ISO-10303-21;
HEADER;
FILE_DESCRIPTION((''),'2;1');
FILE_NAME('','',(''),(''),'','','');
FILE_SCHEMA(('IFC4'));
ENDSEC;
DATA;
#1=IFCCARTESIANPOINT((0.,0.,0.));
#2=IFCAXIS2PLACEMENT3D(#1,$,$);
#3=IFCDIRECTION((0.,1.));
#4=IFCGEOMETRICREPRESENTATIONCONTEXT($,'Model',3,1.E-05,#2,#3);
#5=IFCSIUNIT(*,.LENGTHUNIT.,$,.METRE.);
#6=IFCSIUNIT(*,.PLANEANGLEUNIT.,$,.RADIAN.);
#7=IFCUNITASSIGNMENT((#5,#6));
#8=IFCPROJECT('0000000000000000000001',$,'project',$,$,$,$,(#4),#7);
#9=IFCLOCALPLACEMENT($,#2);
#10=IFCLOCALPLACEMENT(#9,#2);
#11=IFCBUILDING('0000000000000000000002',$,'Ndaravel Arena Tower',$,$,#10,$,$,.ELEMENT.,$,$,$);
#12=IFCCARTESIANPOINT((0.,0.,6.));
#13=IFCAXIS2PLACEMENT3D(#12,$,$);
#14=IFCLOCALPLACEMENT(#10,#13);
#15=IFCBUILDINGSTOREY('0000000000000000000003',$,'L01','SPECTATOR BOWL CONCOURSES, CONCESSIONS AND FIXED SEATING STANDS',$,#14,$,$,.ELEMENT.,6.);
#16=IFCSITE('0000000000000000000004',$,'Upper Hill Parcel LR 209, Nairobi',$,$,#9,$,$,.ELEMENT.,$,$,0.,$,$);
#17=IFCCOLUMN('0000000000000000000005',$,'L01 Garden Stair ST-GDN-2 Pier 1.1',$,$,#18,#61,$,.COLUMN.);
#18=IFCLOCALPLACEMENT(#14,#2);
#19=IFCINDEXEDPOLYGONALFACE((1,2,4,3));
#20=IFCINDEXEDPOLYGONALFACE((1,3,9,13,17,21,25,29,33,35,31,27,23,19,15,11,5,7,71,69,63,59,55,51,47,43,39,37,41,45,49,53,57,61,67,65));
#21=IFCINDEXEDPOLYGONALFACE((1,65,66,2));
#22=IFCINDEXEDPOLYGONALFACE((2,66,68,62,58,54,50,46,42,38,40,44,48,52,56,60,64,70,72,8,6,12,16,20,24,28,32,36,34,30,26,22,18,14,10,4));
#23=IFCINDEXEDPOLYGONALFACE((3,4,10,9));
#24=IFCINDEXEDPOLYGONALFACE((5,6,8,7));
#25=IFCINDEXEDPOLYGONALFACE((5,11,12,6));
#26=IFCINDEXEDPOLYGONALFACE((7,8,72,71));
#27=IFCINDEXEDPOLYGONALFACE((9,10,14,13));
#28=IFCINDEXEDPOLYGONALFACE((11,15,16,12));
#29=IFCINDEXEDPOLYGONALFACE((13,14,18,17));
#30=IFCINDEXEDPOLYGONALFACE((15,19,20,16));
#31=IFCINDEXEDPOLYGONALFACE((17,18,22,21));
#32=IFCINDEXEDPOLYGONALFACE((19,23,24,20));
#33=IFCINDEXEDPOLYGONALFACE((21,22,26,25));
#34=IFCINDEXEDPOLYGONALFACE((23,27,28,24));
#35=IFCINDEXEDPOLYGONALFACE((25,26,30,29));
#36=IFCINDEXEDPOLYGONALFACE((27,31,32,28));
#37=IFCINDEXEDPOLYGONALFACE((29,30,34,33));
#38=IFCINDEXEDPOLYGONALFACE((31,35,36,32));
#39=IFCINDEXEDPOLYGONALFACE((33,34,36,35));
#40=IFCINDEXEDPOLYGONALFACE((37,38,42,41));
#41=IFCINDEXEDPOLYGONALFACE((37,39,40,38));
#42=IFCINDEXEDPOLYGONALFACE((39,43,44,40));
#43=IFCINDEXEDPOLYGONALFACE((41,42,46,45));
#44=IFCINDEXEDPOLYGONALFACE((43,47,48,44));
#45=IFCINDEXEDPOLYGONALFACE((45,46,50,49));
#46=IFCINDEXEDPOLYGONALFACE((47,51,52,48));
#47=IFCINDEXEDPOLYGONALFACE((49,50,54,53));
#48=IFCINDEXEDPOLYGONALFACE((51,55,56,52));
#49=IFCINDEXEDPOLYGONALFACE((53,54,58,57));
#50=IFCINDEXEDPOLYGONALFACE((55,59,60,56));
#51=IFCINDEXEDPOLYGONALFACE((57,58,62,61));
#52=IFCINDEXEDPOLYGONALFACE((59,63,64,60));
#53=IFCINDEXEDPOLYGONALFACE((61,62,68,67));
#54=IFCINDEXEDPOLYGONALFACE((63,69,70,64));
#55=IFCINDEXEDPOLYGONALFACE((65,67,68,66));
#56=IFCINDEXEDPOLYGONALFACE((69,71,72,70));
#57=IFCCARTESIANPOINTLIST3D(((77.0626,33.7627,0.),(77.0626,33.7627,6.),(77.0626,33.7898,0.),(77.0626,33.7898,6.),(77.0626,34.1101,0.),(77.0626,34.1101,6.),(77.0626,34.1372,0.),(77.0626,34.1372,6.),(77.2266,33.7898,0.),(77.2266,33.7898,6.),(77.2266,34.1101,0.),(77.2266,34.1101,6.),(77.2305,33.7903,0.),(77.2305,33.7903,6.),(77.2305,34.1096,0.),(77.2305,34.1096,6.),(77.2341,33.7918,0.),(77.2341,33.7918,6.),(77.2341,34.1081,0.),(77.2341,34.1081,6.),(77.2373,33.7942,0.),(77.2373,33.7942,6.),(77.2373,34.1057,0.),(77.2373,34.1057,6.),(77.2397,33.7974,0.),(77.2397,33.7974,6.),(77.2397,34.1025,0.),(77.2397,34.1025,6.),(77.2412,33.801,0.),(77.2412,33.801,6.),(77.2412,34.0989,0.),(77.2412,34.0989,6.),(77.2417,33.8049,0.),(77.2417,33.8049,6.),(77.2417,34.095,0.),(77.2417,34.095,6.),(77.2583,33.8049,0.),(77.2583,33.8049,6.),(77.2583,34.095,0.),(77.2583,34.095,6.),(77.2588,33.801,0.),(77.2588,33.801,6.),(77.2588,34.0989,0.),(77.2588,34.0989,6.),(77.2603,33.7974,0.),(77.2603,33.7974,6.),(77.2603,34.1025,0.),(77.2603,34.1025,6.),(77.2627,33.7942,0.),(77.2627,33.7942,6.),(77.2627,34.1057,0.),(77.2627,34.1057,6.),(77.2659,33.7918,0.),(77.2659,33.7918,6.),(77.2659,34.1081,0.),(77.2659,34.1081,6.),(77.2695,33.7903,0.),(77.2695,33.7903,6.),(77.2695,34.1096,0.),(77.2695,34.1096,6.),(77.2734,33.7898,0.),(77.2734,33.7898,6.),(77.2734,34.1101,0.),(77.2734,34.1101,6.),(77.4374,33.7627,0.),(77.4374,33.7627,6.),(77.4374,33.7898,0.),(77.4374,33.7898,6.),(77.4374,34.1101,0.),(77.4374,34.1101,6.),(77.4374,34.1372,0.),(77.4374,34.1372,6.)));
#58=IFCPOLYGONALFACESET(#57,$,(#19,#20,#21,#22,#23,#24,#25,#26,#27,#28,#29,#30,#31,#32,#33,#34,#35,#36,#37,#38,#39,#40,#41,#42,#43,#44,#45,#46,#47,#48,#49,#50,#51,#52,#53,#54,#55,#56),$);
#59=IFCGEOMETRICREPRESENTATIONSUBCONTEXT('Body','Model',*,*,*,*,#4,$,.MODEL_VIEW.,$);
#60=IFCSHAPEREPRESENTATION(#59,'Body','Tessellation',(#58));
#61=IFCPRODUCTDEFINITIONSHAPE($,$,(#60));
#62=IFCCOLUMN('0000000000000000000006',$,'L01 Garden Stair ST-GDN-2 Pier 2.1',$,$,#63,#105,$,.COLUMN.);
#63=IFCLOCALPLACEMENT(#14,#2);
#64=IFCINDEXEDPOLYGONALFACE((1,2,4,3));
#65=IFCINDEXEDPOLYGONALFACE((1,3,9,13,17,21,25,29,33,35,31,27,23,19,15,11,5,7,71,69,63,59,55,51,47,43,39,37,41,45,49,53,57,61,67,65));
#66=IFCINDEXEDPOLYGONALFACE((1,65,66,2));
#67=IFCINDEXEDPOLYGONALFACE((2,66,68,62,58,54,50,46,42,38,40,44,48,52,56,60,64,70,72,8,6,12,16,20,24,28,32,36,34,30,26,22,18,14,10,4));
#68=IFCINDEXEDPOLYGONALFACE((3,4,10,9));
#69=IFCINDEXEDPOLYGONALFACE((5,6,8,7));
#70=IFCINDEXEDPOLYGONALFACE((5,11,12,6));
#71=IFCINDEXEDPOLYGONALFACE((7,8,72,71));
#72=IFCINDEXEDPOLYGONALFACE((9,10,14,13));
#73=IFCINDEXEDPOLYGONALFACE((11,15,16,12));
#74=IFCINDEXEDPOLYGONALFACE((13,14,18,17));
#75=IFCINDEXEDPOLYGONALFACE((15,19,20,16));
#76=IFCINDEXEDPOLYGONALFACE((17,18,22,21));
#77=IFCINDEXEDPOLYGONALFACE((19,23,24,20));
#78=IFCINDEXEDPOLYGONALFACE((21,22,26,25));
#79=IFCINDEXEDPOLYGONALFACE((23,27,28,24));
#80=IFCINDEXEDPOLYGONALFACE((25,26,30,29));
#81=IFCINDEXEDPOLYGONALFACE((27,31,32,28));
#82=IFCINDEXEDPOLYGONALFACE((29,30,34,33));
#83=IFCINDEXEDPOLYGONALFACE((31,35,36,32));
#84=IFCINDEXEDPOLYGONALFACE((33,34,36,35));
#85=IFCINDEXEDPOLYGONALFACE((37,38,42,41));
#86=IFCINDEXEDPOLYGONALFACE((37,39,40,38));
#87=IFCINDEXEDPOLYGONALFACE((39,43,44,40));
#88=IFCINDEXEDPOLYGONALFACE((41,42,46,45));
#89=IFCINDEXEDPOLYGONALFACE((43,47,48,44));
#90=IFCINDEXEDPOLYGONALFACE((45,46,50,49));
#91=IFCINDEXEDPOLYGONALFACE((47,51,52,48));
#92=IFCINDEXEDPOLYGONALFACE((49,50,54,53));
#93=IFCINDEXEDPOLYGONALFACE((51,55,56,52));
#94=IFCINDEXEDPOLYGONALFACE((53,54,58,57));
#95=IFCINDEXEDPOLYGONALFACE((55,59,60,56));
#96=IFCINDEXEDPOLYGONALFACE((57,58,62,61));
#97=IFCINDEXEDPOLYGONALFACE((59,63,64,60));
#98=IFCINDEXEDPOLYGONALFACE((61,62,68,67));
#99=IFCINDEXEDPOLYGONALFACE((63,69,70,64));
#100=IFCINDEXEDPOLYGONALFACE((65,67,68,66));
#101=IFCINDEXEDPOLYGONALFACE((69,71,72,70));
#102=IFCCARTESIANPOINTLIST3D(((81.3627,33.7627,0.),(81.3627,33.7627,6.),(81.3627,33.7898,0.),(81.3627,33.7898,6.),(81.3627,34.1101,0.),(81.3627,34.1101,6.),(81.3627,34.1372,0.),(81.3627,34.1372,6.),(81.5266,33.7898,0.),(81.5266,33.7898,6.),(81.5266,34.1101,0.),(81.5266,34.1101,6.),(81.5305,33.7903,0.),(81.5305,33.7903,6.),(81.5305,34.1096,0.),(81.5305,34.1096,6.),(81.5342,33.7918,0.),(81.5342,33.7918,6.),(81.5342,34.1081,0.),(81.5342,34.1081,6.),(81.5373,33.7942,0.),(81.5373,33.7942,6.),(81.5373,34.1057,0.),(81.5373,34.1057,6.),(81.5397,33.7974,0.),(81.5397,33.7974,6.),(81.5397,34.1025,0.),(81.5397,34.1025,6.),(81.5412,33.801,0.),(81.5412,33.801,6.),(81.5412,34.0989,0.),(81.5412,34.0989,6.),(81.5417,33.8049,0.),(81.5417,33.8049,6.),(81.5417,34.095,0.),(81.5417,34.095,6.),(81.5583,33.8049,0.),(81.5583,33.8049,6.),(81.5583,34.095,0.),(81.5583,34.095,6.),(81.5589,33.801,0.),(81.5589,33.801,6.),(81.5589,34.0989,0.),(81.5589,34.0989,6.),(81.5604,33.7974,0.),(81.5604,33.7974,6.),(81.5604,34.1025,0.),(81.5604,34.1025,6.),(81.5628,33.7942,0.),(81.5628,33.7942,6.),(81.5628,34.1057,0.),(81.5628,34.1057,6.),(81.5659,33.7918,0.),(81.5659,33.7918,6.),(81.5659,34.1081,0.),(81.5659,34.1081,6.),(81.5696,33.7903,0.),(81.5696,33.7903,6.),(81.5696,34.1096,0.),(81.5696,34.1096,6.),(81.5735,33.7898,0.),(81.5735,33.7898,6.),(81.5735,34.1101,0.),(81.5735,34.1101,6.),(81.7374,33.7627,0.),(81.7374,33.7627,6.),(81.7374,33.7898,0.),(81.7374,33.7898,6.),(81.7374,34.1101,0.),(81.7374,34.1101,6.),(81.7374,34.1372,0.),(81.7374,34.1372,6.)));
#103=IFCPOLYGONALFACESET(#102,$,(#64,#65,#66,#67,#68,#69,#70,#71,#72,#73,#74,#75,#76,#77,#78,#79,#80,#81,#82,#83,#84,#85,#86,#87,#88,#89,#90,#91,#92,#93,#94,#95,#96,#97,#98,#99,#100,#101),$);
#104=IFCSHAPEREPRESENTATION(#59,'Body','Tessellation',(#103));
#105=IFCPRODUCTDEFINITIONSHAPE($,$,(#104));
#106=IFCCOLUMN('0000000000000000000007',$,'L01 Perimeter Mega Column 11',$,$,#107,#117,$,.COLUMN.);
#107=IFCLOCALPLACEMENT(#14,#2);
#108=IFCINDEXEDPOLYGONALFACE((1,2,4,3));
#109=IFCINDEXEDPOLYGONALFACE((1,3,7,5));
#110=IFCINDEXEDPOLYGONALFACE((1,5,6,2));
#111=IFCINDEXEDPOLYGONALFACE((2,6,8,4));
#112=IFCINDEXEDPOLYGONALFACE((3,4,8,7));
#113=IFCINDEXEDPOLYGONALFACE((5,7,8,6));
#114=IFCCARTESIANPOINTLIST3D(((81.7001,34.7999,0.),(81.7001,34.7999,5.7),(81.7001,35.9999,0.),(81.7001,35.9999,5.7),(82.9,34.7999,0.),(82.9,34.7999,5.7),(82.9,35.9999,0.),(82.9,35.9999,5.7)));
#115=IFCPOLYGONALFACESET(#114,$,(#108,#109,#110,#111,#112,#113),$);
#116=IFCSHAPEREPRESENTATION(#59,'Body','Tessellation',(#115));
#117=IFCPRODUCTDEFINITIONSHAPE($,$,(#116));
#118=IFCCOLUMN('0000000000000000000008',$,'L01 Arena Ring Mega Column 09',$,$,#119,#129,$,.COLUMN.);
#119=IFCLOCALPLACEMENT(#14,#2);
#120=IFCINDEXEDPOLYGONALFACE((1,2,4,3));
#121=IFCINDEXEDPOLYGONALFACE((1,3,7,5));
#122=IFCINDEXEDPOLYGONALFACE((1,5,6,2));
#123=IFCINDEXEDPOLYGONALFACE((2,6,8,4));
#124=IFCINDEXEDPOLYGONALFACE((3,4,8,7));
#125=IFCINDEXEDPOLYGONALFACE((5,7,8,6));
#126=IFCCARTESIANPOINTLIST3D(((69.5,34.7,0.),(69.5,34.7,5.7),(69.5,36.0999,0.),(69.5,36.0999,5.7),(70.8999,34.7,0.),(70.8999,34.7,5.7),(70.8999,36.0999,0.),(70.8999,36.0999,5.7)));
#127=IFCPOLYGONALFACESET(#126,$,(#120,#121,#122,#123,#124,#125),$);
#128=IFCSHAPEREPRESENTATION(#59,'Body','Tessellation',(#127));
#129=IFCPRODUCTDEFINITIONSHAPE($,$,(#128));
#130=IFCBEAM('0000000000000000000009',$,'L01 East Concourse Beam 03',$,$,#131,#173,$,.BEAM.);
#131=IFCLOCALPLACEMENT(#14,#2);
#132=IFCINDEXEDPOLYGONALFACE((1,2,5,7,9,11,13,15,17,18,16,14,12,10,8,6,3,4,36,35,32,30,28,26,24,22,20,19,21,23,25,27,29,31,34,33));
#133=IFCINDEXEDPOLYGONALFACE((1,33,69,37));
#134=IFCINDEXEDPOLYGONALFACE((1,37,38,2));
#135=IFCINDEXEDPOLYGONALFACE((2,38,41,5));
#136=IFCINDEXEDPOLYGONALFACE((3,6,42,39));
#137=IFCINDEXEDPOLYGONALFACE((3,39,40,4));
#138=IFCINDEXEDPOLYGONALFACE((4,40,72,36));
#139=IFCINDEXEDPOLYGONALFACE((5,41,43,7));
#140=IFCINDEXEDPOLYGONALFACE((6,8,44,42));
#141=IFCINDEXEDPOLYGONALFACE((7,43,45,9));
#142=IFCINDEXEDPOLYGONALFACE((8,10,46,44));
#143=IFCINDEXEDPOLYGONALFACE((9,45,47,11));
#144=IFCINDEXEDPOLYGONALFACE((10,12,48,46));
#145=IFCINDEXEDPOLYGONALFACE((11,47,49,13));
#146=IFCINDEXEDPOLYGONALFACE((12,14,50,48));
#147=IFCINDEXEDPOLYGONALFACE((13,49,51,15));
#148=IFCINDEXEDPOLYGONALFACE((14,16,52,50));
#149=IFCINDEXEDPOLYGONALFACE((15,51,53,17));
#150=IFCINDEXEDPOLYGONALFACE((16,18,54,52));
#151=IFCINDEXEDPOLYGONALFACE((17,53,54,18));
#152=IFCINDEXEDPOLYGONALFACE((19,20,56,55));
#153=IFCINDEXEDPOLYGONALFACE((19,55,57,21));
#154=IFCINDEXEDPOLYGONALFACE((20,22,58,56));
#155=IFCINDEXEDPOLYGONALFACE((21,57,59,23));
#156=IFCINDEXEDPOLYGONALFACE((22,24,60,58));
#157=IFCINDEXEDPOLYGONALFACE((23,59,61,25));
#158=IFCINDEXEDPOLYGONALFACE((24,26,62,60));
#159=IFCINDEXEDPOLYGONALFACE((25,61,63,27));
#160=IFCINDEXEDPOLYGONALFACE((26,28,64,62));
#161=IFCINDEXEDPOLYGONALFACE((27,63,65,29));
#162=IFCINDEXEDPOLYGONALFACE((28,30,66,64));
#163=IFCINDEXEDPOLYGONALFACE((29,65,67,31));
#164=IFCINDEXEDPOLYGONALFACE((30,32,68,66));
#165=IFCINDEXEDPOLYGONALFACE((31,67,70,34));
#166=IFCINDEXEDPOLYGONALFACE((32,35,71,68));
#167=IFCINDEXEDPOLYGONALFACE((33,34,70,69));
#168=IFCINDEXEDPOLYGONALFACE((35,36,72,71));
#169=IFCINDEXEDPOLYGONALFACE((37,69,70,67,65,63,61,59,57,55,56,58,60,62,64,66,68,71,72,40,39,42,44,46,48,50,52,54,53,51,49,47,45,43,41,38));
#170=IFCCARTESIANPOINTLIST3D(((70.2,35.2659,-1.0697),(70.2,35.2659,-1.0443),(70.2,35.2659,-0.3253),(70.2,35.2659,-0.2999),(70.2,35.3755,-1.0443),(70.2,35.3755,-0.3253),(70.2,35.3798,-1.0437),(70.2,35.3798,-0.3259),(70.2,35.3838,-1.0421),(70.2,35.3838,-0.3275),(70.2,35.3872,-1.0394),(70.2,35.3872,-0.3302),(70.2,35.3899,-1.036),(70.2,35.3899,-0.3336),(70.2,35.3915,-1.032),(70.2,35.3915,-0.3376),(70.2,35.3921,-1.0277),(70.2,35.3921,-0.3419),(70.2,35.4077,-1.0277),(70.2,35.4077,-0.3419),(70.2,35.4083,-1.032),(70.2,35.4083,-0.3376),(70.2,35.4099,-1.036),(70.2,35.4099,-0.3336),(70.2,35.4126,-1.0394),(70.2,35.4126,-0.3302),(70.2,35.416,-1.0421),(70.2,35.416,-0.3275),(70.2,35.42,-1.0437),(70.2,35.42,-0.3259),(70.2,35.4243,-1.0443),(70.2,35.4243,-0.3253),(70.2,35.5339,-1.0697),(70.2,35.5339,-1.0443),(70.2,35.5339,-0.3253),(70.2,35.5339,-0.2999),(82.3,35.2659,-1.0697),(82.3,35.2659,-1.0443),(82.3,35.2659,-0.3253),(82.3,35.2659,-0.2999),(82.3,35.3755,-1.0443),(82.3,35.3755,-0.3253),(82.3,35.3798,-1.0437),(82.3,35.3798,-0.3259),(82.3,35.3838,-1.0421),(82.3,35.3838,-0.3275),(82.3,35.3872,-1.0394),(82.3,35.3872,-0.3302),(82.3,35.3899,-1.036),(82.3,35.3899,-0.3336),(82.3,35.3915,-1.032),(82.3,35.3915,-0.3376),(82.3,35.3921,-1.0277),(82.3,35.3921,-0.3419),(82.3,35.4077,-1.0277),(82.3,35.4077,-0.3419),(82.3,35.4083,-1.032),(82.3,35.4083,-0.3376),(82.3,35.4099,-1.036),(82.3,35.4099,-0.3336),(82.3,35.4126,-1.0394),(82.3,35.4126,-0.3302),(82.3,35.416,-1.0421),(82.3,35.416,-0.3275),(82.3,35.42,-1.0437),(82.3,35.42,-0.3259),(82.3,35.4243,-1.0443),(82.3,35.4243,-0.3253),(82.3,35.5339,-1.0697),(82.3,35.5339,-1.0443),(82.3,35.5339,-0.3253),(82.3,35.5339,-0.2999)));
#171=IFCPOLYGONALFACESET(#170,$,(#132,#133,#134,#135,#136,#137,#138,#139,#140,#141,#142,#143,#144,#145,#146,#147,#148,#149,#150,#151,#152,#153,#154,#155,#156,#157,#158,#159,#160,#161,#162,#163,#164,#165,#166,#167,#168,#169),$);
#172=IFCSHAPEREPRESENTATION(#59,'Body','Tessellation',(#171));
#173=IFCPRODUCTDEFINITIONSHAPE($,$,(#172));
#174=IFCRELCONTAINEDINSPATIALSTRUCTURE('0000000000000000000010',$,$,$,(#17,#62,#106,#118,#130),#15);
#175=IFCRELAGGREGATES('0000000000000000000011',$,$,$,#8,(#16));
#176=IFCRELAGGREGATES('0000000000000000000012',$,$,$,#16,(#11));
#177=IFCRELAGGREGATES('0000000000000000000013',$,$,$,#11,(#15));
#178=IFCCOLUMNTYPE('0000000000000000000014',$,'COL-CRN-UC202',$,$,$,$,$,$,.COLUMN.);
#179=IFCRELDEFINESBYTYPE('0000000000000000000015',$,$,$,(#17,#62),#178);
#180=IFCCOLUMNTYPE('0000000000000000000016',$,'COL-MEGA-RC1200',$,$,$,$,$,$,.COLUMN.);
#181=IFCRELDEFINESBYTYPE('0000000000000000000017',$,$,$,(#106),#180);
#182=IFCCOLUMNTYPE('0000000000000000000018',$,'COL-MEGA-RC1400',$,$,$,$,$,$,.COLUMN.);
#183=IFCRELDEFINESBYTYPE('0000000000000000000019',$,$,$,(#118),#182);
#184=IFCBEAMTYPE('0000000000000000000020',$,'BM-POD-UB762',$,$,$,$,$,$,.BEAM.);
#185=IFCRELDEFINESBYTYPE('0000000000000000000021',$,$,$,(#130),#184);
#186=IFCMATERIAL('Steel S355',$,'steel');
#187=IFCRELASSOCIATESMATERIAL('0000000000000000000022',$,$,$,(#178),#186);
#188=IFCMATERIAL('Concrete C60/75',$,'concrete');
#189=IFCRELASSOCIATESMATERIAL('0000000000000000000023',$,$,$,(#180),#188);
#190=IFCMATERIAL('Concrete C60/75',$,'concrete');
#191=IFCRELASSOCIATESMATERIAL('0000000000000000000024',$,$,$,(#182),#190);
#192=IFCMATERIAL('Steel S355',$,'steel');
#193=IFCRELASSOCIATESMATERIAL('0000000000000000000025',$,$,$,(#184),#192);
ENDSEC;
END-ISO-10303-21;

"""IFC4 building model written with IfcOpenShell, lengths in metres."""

from ifc_helpers import new_model, si_unit, direction, frame, origin, origin_2d, place, context, subcontext, project, spatial, rectangle, i_section, extrude, material, material_profile, profile_set, type_object, element, save


model = new_model("IFC4")

# Units and contexts
model_context = context("Model", 3, precision=1e-05, world=origin(), true_north=direction((0.0, 1.0)))
body_context = subcontext(model_context, "Body", "Model", "MODEL_VIEW")
ifc_project = project(units=[si_unit("LENGTHUNIT", "METRE"), si_unit("PLANEANGLEUNIT", "RADIAN")], contexts=[model_context])

# Site, building, storey
site_placement = place(None, origin())
site = spatial("IfcSite", under=ifc_project, at=site_placement, Name="Upper Hill Parcel LR 209, Nairobi", CompositionType="ELEMENT", RefElevation=0.0)
building_placement = place(site_placement, origin())
building = spatial("IfcBuilding", under=site, at=building_placement, Name="Ndaravel Arena Tower", CompositionType="ELEMENT")
storey_placement = place(building_placement, frame((0.0, 0.0, 6.0)))
storey = spatial("IfcBuildingStorey", under=building, at=storey_placement, Name="L01", Description="SPECTATOR BOWL CONCOURSES, CONCESSIONS AND FIXED SEATING STANDS", CompositionType="ELEMENT", Elevation=6.0)

# Columns
ifc_material_1 = material(Name="Steel S355", Category="steel")
ifc_material_profile_1 = material_profile(ifc_material_1, i_section(OverallWidth=0.3748, OverallDepth=0.3745, WebThickness=0.0166, FlangeThickness=0.0271, FilletRadius=0.0151, at=origin_2d()), Name="UC 356x368x202")
ifc_profile_set_1 = profile_set([ifc_material_profile_1], Name="Steel S355")
column_type_1 = type_object("IfcColumnType", Name="COL-CRN-UC202", PredefinedType="COLUMN", material=ifc_profile_set_1)
for number, where, z_axis, x_axis, name in (
    (1, (77.25, 33.95, 0.0), (0.0, 0.0, 1.0), (1.0, 0.0, 0.0), "L01 Garden Stair ST-GDN-2 Pier 1.1"),
    (2, (81.55, 33.95, 0.0), (0.0, 0.0, 1.0), (1.0, 0.0, 0.0), "L01 Garden Stair ST-GDN-2 Pier 2.1"),
):
    element("IfcColumn", number, at=place(storey_placement, frame(where, z_axis=z_axis, x_axis=x_axis)), inside=storey, type_object=column_type_1, Name=name, PredefinedType="COLUMN", context=body_context, shape_type="SweptSolid", body=[
        extrude(i_section(OverallWidth=0.3748, OverallDepth=0.3745, WebThickness=0.0166, FlangeThickness=0.0271, FilletRadius=0.0151, at=origin_2d()), origin(), (0.0, 0.0, 1.0), 6.0),
    ])
ifc_material_2 = material(Name="Concrete C60/75", Category="concrete")
ifc_material_profile_2 = material_profile(ifc_material_2, rectangle(XDim=1.2, YDim=1.2, at=origin_2d()), Name="RC 1200x1200")
ifc_profile_set_2 = profile_set([ifc_material_profile_2], Name="Concrete C60/75")
column_type_2 = type_object("IfcColumnType", Name="COL-MEGA-RC1200", PredefinedType="COLUMN", material=ifc_profile_set_2)
column_1_placement = place(storey_placement, frame((82.3, 35.3999, 0.0), z_axis=(0.0, 0.0, 1.0), x_axis=(1.0, 0.0, 0.0)))
element("IfcColumn", 3, at=column_1_placement, inside=storey, type_object=column_type_2, Name="L01 Perimeter Mega Column 11", PredefinedType="COLUMN", context=body_context, shape_type="SweptSolid", body=[
    extrude(rectangle(XDim=1.2, YDim=1.2, at=origin_2d()), origin(), (0.0, 0.0, 1.0), 5.7),
])
ifc_material_3 = material(Name="Concrete C60/75", Category="concrete")
ifc_material_profile_3 = material_profile(ifc_material_3, rectangle(XDim=1.3999, YDim=1.3999, at=origin_2d()), Name="RC 1400x1400")
ifc_profile_set_3 = profile_set([ifc_material_profile_3], Name="Concrete C60/75")
column_type_3 = type_object("IfcColumnType", Name="COL-MEGA-RC1400", PredefinedType="COLUMN", material=ifc_profile_set_3)
column_2_placement = place(storey_placement, frame((70.2, 35.3999, 0.0), z_axis=(0.0, 0.0, 1.0), x_axis=(1.0, 0.0, 0.0)))
element("IfcColumn", 4, at=column_2_placement, inside=storey, type_object=column_type_3, Name="L01 Arena Ring Mega Column 09", PredefinedType="COLUMN", context=body_context, shape_type="SweptSolid", body=[
    extrude(rectangle(XDim=1.3999, YDim=1.3999, at=origin_2d()), origin(), (0.0, 0.0, 1.0), 5.7),
])

# Beam
ifc_material_4 = material(Name="Steel S355", Category="steel")
ifc_material_profile_4 = material_profile(ifc_material_4, i_section(OverallWidth=0.2681, OverallDepth=0.7698, WebThickness=0.0156, FlangeThickness=0.0254, FilletRadius=0.0166, at=origin_2d()), Name="UB 762x267x197")
ifc_profile_set_4 = profile_set([ifc_material_profile_4], Name="Steel S355")
beam_type_1 = type_object("IfcBeamType", Name="BM-POD-UB762", PredefinedType="BEAM", material=ifc_profile_set_4)
beam_1_placement = place(storey_placement, frame((70.2, 35.3999, -0.6848), z_axis=(1.0, 0.0, 0.0), x_axis=(0.0, 1.0, 0.0)))
element("IfcBeam", 5, at=beam_1_placement, inside=storey, type_object=beam_type_1, Name="L01 East Concourse Beam 03", PredefinedType="BEAM", context=body_context, shape_type="SweptSolid", body=[
    extrude(i_section(OverallWidth=0.2681, OverallDepth=0.7698, WebThickness=0.0156, FlangeThickness=0.0254, FilletRadius=0.0166, at=origin_2d()), origin(), (0.0, 0.0, 1.0), 12.1001),
])

save(model, "model.ifc")
